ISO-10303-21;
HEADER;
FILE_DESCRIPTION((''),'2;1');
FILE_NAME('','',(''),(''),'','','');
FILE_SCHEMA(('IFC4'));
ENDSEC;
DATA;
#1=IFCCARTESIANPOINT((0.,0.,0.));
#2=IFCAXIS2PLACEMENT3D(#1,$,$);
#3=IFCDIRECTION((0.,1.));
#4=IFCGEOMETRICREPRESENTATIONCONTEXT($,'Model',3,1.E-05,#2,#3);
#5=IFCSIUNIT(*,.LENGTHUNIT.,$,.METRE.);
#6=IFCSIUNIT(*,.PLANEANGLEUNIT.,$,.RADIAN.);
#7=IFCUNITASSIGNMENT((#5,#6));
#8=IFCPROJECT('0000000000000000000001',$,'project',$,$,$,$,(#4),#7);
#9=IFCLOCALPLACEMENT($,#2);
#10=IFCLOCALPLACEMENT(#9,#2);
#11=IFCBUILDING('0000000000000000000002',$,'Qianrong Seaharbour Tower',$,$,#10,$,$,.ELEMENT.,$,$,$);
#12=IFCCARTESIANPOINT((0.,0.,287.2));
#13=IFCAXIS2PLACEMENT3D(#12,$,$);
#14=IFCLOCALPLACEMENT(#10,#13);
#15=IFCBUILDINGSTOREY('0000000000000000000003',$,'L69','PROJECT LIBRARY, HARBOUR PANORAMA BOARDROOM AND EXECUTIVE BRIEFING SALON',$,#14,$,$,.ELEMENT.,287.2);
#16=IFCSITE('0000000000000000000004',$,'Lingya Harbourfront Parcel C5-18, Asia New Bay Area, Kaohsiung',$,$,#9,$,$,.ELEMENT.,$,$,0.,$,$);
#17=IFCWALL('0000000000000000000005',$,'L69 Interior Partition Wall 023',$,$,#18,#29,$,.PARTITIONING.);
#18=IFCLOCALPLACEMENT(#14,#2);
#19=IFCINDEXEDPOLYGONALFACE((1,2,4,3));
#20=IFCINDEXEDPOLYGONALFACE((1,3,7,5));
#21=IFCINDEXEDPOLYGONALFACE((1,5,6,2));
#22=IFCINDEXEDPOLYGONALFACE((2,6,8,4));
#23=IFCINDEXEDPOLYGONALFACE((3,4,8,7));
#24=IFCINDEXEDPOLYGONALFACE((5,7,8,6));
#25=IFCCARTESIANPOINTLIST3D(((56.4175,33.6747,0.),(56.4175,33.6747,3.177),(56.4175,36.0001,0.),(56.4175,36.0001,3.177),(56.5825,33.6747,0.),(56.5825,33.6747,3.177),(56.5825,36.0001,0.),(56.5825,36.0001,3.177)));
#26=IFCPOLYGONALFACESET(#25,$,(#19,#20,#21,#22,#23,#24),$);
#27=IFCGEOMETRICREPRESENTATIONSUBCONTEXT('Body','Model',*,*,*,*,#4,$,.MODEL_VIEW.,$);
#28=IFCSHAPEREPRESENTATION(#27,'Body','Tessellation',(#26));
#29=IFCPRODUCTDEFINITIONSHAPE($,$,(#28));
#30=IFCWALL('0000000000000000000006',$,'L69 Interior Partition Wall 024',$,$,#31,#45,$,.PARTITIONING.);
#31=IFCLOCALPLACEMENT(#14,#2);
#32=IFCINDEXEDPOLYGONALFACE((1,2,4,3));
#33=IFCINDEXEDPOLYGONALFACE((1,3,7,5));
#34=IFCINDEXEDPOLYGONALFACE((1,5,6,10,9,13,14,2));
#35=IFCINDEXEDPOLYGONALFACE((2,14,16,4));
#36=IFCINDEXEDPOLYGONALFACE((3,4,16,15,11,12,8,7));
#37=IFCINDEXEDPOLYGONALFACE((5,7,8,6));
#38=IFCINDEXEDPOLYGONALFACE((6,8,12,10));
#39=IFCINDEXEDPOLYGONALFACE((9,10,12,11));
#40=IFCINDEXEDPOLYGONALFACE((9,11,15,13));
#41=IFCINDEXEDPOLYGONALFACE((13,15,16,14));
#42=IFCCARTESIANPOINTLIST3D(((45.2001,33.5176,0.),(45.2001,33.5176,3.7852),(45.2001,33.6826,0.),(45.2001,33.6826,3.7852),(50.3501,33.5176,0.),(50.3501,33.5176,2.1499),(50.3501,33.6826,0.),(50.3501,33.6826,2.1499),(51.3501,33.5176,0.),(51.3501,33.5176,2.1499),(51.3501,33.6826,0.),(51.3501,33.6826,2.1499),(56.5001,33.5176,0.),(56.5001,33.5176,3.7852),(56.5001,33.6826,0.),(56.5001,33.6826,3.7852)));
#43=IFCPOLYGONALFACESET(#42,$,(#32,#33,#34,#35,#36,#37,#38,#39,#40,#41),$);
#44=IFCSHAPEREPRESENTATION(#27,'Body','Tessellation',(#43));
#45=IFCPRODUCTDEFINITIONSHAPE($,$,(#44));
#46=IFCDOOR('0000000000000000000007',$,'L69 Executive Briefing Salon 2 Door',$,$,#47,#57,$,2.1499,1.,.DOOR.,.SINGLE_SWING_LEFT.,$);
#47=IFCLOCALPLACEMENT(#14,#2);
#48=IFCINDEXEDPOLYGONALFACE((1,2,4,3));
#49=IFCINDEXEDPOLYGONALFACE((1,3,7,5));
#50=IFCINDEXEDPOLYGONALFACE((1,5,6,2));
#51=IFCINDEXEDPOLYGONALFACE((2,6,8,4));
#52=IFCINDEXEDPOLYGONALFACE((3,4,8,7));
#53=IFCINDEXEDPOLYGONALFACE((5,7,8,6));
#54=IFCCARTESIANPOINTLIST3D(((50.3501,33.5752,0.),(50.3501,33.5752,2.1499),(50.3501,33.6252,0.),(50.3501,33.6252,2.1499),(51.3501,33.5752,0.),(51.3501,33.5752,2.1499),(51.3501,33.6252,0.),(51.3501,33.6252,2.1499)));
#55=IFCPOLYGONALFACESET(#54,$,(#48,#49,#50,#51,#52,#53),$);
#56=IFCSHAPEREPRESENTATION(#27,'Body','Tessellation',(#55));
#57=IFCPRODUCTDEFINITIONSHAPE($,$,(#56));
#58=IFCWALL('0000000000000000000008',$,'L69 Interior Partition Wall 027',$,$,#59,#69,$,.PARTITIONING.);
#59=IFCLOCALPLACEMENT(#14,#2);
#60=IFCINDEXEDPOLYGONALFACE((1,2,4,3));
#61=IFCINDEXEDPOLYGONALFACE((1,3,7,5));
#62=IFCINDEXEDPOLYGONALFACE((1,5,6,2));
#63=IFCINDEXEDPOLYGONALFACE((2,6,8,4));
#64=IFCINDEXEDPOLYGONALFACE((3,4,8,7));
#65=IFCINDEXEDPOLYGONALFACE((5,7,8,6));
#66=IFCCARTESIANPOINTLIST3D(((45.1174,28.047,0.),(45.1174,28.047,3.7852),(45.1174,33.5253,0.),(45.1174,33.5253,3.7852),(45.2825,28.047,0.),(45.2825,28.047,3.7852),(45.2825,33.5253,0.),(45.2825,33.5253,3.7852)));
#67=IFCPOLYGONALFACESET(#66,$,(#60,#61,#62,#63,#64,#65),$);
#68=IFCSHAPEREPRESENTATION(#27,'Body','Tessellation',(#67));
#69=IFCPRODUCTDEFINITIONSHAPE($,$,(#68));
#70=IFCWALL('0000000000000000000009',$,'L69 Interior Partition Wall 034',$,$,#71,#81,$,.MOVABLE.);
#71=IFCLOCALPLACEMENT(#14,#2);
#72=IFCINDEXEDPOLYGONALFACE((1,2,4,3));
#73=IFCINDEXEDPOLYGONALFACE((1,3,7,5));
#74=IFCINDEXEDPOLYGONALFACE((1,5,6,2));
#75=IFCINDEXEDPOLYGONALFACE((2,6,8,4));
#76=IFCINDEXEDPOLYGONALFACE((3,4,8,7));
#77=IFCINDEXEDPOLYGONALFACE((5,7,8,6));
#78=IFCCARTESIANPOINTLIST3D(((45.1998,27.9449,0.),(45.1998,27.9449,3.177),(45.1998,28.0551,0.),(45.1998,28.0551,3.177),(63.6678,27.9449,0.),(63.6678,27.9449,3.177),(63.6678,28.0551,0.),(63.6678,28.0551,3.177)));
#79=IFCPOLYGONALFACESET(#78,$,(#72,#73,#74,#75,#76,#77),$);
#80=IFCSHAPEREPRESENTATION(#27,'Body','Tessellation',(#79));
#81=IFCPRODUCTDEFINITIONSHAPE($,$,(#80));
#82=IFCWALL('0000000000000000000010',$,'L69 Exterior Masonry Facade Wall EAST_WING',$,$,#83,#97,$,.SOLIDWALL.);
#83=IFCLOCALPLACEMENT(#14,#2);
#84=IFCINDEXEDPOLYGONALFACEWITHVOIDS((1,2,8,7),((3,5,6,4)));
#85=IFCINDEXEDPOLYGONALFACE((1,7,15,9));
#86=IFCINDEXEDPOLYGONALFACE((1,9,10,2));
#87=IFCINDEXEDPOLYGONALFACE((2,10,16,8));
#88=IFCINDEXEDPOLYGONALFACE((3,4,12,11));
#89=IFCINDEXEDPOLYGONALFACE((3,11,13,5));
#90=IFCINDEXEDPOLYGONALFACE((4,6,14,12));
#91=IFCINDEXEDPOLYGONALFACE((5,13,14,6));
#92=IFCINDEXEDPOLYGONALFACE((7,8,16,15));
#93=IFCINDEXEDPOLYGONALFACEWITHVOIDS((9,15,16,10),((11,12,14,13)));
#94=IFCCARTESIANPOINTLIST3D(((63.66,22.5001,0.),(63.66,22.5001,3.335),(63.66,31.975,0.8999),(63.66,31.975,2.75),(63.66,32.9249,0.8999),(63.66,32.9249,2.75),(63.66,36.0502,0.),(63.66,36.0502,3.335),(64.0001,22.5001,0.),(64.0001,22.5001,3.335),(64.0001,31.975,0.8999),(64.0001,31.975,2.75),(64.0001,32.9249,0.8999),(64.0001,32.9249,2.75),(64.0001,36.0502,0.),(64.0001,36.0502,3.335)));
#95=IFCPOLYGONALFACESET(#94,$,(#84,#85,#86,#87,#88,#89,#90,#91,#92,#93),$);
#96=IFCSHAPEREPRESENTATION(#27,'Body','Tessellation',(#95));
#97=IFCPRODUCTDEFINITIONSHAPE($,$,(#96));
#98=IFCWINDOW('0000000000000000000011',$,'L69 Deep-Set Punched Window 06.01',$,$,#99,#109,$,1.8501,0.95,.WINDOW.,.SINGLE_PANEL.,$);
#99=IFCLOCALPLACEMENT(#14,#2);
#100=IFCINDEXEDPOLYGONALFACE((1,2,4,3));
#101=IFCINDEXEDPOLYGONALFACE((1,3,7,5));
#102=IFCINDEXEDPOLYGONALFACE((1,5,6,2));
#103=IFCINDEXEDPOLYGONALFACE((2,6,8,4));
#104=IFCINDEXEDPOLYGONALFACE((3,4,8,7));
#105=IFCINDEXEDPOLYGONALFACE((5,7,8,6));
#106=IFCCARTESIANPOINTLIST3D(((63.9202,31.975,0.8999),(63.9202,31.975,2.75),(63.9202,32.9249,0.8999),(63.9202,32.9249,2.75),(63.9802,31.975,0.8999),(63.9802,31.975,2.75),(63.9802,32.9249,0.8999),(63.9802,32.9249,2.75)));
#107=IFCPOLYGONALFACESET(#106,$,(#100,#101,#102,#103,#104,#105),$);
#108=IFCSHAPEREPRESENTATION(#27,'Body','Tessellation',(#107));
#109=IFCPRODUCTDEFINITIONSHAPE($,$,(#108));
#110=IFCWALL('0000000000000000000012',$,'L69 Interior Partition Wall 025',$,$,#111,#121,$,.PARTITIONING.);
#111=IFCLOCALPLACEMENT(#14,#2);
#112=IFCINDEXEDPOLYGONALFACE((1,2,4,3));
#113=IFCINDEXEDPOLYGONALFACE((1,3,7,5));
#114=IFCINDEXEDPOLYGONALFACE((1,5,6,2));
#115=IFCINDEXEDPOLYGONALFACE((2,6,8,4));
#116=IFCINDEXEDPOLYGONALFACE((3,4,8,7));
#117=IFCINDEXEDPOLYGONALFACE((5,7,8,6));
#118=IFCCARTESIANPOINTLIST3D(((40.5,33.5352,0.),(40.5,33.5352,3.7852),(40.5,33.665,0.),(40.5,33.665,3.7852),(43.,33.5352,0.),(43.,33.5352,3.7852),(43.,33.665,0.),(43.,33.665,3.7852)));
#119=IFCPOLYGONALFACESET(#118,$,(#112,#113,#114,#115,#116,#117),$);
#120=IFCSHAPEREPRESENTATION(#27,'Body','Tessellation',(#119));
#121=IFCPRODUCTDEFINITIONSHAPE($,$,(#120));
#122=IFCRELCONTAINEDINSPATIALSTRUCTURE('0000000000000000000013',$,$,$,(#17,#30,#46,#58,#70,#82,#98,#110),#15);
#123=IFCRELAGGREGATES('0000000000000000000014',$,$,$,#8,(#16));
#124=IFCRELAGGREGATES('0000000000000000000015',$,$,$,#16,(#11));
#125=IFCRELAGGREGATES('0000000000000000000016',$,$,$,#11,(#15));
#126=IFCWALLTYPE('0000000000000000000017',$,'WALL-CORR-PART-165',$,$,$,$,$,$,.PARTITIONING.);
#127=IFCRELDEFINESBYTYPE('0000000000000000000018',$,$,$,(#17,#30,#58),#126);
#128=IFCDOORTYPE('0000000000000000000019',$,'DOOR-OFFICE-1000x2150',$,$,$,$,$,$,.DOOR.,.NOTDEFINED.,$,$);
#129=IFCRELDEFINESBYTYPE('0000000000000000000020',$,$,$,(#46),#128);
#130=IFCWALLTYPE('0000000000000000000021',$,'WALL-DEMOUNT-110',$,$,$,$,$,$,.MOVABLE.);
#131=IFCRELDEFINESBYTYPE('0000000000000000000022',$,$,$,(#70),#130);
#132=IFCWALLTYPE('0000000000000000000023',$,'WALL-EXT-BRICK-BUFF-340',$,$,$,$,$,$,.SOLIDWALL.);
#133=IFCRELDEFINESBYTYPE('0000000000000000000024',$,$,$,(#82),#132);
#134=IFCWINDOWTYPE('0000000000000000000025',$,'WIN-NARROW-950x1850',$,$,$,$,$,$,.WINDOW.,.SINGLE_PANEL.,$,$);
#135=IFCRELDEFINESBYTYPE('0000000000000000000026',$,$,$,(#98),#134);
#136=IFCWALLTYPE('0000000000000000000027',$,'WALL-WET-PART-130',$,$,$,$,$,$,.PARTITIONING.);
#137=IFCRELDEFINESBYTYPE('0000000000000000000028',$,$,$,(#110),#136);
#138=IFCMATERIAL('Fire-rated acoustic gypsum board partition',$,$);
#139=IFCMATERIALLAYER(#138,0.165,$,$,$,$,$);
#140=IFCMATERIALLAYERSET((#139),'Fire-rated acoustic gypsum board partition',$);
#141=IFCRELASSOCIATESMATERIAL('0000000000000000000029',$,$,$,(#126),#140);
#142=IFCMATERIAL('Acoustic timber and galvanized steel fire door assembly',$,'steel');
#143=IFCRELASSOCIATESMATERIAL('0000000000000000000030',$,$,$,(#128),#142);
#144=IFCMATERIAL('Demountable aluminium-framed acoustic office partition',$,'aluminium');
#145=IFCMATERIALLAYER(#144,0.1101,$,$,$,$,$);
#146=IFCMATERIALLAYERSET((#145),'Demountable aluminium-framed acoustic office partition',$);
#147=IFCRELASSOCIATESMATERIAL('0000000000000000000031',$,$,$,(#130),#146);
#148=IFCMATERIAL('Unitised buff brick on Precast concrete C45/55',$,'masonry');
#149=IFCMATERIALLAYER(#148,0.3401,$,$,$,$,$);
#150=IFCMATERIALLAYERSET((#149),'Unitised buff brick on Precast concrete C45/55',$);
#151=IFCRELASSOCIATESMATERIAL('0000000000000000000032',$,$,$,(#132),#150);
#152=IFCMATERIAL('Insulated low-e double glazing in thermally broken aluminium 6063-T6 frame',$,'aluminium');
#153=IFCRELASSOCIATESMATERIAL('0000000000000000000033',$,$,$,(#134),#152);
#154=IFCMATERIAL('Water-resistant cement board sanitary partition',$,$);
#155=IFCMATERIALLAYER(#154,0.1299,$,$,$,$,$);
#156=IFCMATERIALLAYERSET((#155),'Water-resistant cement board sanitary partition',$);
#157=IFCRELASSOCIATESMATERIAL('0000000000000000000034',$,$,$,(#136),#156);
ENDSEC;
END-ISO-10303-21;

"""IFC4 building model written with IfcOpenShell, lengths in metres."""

from ifc_helpers import new_model, si_unit, direction, frame, frame_2d, origin, place, context, subcontext, project, spatial, rectangle, extrude, material, layer, layer_set, type_object, element, fill, save


model = new_model("IFC4")

# Units and contexts
model_context = context("Model", 3, precision=1e-05, world=origin(), true_north=direction((0.0, 1.0)))
body_context = subcontext(model_context, "Body", "Model", "MODEL_VIEW")
ifc_project = project(units=[si_unit("LENGTHUNIT", "METRE"), si_unit("PLANEANGLEUNIT", "RADIAN")], contexts=[model_context])

# Site, building, storey
site_placement = place(None, origin())
site = spatial("IfcSite", under=ifc_project, at=site_placement, Name="Lingya Harbourfront Parcel C5-18, Asia New Bay Area, Kaohsiung", CompositionType="ELEMENT", RefElevation=0.0)
building_placement = place(site_placement, origin())
building = spatial("IfcBuilding", under=site, at=building_placement, Name="Qianrong Seaharbour Tower", CompositionType="ELEMENT")
storey_placement = place(building_placement, frame((0.0, 0.0, 287.2)))
storey = spatial("IfcBuildingStorey", under=building, at=storey_placement, Name="L69", Description="PROJECT LIBRARY, HARBOUR PANORAMA BOARDROOM AND EXECUTIVE BRIEFING SALON", CompositionType="ELEMENT", Elevation=287.2)

# Wall
ifc_material_1 = material(Name="Fire-rated acoustic gypsum board partition")
ifc_layer_1 = layer(ifc_material_1, 0.165)
ifc_layer_set_1 = layer_set([ifc_layer_1], Name="Fire-rated acoustic gypsum board partition")
wall_type_1 = type_object("IfcWallType", Name="WALL-CORR-PART-165", PredefinedType="PARTITIONING", material=ifc_layer_set_1)
wall_1_placement = place(storey_placement, frame((56.5, 36.0, 0.0), z_axis=(0.0, 0.0, 1.0), x_axis=(0.0, -1.0, 0.0)))
element("IfcWall", 1, at=wall_1_placement, inside=storey, type_object=wall_type_1, Name="L69 Interior Partition Wall 023", PredefinedType="PARTITIONING", context=body_context, shape_type="SweptSolid", body=[
    extrude(rectangle(XDim=2.3254, YDim=0.165, at=frame_2d((1.1626, 0.0))), origin(), (0.0, 0.0, 1.0), 3.177),
])

# Wall, opening, door
wall_2_placement = place(storey_placement, frame((56.5, 33.6001, 0.0), z_axis=(0.0, 0.0, 1.0), x_axis=(-1.0, 0.0, 0.0)))
wall_2 = element("IfcWall", 2, at=wall_2_placement, inside=storey, type_object=wall_type_1, Name="L69 Interior Partition Wall 024", PredefinedType="PARTITIONING", context=body_context, shape_type="SweptSolid", body=[
    extrude(rectangle(XDim=11.3, YDim=0.165, at=frame_2d((5.6499, 0.0))), origin(), (0.0, 0.0, 1.0), 3.7852),
])
opening_1_placement = place(wall_2_placement, frame((5.1499, 0.0, 0.0)))
opening_1 = element("IfcOpeningElement", 3, at=opening_1_placement, cuts=wall_2, PredefinedType="OPENING", context=body_context, shape_type="SweptSolid", body=[
    extrude(rectangle(XDim=1.0, YDim=2.1499, at=frame_2d((0.5, 1.075))), frame((0.0, 0.0925, 0.0), z_axis=(0.0, -1.0, 0.0), x_axis=(1.0, 0.0, 0.0)), (0.0, 0.0, 1.0), 0.1851),
])
ifc_material_2 = material(Name="Acoustic timber and galvanized steel fire door assembly", Category="steel")
door_type = type_object("IfcDoorType", Name="DOOR-OFFICE-1000x2150", OperationType="NOTDEFINED", PredefinedType="DOOR", material=ifc_material_2)
door_placement = place(opening_1_placement, origin())
door = element("IfcDoor", 4, at=door_placement, inside=storey, type_object=door_type, Name="L69 Executive Briefing Salon 2 Door", OperationType="SINGLE_SWING_LEFT", OverallHeight=2.1499, OverallWidth=1.0, PredefinedType="DOOR", context=body_context, shape_type="SweptSolid", body=[
    extrude(rectangle(XDim=1.0, YDim=2.1499, at=frame_2d((0.5, 1.075))), frame((0.0, 0.0249, 0.0), z_axis=(0.0, -1.0, 0.0), x_axis=(1.0, 0.0, 0.0)), (0.0, 0.0, 1.0), 0.05),
])
fill(opening_1, door)

# Walls
wall_3_placement = place(storey_placement, frame((45.2, 33.5254, 0.0), z_axis=(0.0, 0.0, 1.0), x_axis=(0.0, -1.0, 0.0)))
element("IfcWall", 5, at=wall_3_placement, inside=storey, type_object=wall_type_1, Name="L69 Interior Partition Wall 027", PredefinedType="PARTITIONING", context=body_context, shape_type="SweptSolid", body=[
    extrude(rectangle(XDim=5.4783, YDim=0.165, at=frame_2d((2.7393, 0.0))), origin(), (0.0, 0.0, 1.0), 3.7852),
])
ifc_material_3 = material(Name="Demountable aluminium-framed acoustic office partition", Category="aluminium")
ifc_layer_2 = layer(ifc_material_3, 0.1101)
ifc_layer_set_2 = layer_set([ifc_layer_2], Name="Demountable aluminium-framed acoustic office partition")
wall_type_2 = type_object("IfcWallType", Name="WALL-DEMOUNT-110", PredefinedType="MOVABLE", material=ifc_layer_set_2)
wall_4_placement = place(storey_placement, frame((45.2, 28.0, 0.0), z_axis=(0.0, 0.0, 1.0), x_axis=(1.0, 0.0, 0.0)))
element("IfcWall", 6, at=wall_4_placement, inside=storey, type_object=wall_type_2, Name="L69 Interior Partition Wall 034", PredefinedType="MOVABLE", context=body_context, shape_type="SweptSolid", body=[
    extrude(rectangle(XDim=18.468, YDim=0.1101, at=frame_2d((9.2339, 0.0))), origin(), (0.0, 0.0, 1.0), 3.177),
])

# Wall, opening, window
ifc_material_4 = material(Name="Unitised buff brick on Precast concrete C45/55", Category="masonry")
ifc_layer_3 = layer(ifc_material_4, 0.3401)
ifc_layer_set_3 = layer_set([ifc_layer_3], Name="Unitised buff brick on Precast concrete C45/55")
wall_type_3 = type_object("IfcWallType", Name="WALL-EXT-BRICK-BUFF-340", PredefinedType="SOLIDWALL", material=ifc_layer_set_3)
wall_5_placement = place(storey_placement, frame((63.8301, 36.05, 0.0), z_axis=(0.0, 0.0, 1.0), x_axis=(0.0, -1.0, 0.0)))
wall_5 = element("IfcWall", 7, at=wall_5_placement, inside=storey, type_object=wall_type_3, Name="L69 Exterior Masonry Facade Wall EAST_WING", PredefinedType="SOLIDWALL", context=body_context, shape_type="SweptSolid", body=[
    extrude(rectangle(XDim=13.55, YDim=0.3401, at=frame_2d((6.7749, 0.0))), origin(), (0.0, 0.0, 1.0), 3.335),
])
opening_2_placement = place(wall_5_placement, frame((3.125, 0.0, 0.8999)))
opening_2 = element("IfcOpeningElement", 8, at=opening_2_placement, cuts=wall_5, PredefinedType="OPENING", context=body_context, shape_type="SweptSolid", body=[
    extrude(rectangle(XDim=0.95, YDim=1.8501, at=frame_2d((0.4751, 0.925))), frame((0.0, 0.1802, 0.0), z_axis=(0.0, -1.0, 0.0), x_axis=(1.0, 0.0, 0.0)), (0.0, 0.0, 1.0), 0.3601),
])
ifc_material_5 = material(Name="Insulated low-e double glazing in thermally broken aluminium 6063-T6 frame", Category="aluminium")
window_type = type_object("IfcWindowType", Name="WIN-NARROW-950x1850", PartitioningType="SINGLE_PANEL", PredefinedType="WINDOW", material=ifc_material_5)
window_placement = place(opening_2_placement, origin())
window = element("IfcWindow", 9, at=window_placement, inside=storey, type_object=window_type, Name="L69 Deep-Set Punched Window 06.01", OverallHeight=1.8501, OverallWidth=0.95, PartitioningType="SINGLE_PANEL", PredefinedType="WINDOW", context=body_context, shape_type="SweptSolid", body=[
    extrude(rectangle(XDim=0.95, YDim=1.8501, at=frame_2d((0.4751, 0.925))), frame((0.0, 0.1501, 0.0), z_axis=(0.0, -1.0, 0.0), x_axis=(1.0, 0.0, 0.0)), (0.0, 0.0, 1.0), 0.0601),
])
fill(opening_2, window)

# Wall
ifc_material_6 = material(Name="Water-resistant cement board sanitary partition")
ifc_layer_4 = layer(ifc_material_6, 0.1299)
ifc_layer_set_4 = layer_set([ifc_layer_4], Name="Water-resistant cement board sanitary partition")
wall_type_4 = type_object("IfcWallType", Name="WALL-WET-PART-130", PredefinedType="PARTITIONING", material=ifc_layer_set_4)
wall_6_placement = place(storey_placement, frame((43.0, 33.6001, 0.0), z_axis=(0.0, 0.0, 1.0), x_axis=(-1.0, 0.0, 0.0)))
element("IfcWall", 10, at=wall_6_placement, inside=storey, type_object=wall_type_4, Name="L69 Interior Partition Wall 025", PredefinedType="PARTITIONING", context=body_context, shape_type="SweptSolid", body=[
    extrude(rectangle(XDim=2.5, YDim=0.1299, at=frame_2d((1.25, 0.0))), origin(), (0.0, 0.0, 1.0), 3.7852),
])

save(model, "model.ifc")
